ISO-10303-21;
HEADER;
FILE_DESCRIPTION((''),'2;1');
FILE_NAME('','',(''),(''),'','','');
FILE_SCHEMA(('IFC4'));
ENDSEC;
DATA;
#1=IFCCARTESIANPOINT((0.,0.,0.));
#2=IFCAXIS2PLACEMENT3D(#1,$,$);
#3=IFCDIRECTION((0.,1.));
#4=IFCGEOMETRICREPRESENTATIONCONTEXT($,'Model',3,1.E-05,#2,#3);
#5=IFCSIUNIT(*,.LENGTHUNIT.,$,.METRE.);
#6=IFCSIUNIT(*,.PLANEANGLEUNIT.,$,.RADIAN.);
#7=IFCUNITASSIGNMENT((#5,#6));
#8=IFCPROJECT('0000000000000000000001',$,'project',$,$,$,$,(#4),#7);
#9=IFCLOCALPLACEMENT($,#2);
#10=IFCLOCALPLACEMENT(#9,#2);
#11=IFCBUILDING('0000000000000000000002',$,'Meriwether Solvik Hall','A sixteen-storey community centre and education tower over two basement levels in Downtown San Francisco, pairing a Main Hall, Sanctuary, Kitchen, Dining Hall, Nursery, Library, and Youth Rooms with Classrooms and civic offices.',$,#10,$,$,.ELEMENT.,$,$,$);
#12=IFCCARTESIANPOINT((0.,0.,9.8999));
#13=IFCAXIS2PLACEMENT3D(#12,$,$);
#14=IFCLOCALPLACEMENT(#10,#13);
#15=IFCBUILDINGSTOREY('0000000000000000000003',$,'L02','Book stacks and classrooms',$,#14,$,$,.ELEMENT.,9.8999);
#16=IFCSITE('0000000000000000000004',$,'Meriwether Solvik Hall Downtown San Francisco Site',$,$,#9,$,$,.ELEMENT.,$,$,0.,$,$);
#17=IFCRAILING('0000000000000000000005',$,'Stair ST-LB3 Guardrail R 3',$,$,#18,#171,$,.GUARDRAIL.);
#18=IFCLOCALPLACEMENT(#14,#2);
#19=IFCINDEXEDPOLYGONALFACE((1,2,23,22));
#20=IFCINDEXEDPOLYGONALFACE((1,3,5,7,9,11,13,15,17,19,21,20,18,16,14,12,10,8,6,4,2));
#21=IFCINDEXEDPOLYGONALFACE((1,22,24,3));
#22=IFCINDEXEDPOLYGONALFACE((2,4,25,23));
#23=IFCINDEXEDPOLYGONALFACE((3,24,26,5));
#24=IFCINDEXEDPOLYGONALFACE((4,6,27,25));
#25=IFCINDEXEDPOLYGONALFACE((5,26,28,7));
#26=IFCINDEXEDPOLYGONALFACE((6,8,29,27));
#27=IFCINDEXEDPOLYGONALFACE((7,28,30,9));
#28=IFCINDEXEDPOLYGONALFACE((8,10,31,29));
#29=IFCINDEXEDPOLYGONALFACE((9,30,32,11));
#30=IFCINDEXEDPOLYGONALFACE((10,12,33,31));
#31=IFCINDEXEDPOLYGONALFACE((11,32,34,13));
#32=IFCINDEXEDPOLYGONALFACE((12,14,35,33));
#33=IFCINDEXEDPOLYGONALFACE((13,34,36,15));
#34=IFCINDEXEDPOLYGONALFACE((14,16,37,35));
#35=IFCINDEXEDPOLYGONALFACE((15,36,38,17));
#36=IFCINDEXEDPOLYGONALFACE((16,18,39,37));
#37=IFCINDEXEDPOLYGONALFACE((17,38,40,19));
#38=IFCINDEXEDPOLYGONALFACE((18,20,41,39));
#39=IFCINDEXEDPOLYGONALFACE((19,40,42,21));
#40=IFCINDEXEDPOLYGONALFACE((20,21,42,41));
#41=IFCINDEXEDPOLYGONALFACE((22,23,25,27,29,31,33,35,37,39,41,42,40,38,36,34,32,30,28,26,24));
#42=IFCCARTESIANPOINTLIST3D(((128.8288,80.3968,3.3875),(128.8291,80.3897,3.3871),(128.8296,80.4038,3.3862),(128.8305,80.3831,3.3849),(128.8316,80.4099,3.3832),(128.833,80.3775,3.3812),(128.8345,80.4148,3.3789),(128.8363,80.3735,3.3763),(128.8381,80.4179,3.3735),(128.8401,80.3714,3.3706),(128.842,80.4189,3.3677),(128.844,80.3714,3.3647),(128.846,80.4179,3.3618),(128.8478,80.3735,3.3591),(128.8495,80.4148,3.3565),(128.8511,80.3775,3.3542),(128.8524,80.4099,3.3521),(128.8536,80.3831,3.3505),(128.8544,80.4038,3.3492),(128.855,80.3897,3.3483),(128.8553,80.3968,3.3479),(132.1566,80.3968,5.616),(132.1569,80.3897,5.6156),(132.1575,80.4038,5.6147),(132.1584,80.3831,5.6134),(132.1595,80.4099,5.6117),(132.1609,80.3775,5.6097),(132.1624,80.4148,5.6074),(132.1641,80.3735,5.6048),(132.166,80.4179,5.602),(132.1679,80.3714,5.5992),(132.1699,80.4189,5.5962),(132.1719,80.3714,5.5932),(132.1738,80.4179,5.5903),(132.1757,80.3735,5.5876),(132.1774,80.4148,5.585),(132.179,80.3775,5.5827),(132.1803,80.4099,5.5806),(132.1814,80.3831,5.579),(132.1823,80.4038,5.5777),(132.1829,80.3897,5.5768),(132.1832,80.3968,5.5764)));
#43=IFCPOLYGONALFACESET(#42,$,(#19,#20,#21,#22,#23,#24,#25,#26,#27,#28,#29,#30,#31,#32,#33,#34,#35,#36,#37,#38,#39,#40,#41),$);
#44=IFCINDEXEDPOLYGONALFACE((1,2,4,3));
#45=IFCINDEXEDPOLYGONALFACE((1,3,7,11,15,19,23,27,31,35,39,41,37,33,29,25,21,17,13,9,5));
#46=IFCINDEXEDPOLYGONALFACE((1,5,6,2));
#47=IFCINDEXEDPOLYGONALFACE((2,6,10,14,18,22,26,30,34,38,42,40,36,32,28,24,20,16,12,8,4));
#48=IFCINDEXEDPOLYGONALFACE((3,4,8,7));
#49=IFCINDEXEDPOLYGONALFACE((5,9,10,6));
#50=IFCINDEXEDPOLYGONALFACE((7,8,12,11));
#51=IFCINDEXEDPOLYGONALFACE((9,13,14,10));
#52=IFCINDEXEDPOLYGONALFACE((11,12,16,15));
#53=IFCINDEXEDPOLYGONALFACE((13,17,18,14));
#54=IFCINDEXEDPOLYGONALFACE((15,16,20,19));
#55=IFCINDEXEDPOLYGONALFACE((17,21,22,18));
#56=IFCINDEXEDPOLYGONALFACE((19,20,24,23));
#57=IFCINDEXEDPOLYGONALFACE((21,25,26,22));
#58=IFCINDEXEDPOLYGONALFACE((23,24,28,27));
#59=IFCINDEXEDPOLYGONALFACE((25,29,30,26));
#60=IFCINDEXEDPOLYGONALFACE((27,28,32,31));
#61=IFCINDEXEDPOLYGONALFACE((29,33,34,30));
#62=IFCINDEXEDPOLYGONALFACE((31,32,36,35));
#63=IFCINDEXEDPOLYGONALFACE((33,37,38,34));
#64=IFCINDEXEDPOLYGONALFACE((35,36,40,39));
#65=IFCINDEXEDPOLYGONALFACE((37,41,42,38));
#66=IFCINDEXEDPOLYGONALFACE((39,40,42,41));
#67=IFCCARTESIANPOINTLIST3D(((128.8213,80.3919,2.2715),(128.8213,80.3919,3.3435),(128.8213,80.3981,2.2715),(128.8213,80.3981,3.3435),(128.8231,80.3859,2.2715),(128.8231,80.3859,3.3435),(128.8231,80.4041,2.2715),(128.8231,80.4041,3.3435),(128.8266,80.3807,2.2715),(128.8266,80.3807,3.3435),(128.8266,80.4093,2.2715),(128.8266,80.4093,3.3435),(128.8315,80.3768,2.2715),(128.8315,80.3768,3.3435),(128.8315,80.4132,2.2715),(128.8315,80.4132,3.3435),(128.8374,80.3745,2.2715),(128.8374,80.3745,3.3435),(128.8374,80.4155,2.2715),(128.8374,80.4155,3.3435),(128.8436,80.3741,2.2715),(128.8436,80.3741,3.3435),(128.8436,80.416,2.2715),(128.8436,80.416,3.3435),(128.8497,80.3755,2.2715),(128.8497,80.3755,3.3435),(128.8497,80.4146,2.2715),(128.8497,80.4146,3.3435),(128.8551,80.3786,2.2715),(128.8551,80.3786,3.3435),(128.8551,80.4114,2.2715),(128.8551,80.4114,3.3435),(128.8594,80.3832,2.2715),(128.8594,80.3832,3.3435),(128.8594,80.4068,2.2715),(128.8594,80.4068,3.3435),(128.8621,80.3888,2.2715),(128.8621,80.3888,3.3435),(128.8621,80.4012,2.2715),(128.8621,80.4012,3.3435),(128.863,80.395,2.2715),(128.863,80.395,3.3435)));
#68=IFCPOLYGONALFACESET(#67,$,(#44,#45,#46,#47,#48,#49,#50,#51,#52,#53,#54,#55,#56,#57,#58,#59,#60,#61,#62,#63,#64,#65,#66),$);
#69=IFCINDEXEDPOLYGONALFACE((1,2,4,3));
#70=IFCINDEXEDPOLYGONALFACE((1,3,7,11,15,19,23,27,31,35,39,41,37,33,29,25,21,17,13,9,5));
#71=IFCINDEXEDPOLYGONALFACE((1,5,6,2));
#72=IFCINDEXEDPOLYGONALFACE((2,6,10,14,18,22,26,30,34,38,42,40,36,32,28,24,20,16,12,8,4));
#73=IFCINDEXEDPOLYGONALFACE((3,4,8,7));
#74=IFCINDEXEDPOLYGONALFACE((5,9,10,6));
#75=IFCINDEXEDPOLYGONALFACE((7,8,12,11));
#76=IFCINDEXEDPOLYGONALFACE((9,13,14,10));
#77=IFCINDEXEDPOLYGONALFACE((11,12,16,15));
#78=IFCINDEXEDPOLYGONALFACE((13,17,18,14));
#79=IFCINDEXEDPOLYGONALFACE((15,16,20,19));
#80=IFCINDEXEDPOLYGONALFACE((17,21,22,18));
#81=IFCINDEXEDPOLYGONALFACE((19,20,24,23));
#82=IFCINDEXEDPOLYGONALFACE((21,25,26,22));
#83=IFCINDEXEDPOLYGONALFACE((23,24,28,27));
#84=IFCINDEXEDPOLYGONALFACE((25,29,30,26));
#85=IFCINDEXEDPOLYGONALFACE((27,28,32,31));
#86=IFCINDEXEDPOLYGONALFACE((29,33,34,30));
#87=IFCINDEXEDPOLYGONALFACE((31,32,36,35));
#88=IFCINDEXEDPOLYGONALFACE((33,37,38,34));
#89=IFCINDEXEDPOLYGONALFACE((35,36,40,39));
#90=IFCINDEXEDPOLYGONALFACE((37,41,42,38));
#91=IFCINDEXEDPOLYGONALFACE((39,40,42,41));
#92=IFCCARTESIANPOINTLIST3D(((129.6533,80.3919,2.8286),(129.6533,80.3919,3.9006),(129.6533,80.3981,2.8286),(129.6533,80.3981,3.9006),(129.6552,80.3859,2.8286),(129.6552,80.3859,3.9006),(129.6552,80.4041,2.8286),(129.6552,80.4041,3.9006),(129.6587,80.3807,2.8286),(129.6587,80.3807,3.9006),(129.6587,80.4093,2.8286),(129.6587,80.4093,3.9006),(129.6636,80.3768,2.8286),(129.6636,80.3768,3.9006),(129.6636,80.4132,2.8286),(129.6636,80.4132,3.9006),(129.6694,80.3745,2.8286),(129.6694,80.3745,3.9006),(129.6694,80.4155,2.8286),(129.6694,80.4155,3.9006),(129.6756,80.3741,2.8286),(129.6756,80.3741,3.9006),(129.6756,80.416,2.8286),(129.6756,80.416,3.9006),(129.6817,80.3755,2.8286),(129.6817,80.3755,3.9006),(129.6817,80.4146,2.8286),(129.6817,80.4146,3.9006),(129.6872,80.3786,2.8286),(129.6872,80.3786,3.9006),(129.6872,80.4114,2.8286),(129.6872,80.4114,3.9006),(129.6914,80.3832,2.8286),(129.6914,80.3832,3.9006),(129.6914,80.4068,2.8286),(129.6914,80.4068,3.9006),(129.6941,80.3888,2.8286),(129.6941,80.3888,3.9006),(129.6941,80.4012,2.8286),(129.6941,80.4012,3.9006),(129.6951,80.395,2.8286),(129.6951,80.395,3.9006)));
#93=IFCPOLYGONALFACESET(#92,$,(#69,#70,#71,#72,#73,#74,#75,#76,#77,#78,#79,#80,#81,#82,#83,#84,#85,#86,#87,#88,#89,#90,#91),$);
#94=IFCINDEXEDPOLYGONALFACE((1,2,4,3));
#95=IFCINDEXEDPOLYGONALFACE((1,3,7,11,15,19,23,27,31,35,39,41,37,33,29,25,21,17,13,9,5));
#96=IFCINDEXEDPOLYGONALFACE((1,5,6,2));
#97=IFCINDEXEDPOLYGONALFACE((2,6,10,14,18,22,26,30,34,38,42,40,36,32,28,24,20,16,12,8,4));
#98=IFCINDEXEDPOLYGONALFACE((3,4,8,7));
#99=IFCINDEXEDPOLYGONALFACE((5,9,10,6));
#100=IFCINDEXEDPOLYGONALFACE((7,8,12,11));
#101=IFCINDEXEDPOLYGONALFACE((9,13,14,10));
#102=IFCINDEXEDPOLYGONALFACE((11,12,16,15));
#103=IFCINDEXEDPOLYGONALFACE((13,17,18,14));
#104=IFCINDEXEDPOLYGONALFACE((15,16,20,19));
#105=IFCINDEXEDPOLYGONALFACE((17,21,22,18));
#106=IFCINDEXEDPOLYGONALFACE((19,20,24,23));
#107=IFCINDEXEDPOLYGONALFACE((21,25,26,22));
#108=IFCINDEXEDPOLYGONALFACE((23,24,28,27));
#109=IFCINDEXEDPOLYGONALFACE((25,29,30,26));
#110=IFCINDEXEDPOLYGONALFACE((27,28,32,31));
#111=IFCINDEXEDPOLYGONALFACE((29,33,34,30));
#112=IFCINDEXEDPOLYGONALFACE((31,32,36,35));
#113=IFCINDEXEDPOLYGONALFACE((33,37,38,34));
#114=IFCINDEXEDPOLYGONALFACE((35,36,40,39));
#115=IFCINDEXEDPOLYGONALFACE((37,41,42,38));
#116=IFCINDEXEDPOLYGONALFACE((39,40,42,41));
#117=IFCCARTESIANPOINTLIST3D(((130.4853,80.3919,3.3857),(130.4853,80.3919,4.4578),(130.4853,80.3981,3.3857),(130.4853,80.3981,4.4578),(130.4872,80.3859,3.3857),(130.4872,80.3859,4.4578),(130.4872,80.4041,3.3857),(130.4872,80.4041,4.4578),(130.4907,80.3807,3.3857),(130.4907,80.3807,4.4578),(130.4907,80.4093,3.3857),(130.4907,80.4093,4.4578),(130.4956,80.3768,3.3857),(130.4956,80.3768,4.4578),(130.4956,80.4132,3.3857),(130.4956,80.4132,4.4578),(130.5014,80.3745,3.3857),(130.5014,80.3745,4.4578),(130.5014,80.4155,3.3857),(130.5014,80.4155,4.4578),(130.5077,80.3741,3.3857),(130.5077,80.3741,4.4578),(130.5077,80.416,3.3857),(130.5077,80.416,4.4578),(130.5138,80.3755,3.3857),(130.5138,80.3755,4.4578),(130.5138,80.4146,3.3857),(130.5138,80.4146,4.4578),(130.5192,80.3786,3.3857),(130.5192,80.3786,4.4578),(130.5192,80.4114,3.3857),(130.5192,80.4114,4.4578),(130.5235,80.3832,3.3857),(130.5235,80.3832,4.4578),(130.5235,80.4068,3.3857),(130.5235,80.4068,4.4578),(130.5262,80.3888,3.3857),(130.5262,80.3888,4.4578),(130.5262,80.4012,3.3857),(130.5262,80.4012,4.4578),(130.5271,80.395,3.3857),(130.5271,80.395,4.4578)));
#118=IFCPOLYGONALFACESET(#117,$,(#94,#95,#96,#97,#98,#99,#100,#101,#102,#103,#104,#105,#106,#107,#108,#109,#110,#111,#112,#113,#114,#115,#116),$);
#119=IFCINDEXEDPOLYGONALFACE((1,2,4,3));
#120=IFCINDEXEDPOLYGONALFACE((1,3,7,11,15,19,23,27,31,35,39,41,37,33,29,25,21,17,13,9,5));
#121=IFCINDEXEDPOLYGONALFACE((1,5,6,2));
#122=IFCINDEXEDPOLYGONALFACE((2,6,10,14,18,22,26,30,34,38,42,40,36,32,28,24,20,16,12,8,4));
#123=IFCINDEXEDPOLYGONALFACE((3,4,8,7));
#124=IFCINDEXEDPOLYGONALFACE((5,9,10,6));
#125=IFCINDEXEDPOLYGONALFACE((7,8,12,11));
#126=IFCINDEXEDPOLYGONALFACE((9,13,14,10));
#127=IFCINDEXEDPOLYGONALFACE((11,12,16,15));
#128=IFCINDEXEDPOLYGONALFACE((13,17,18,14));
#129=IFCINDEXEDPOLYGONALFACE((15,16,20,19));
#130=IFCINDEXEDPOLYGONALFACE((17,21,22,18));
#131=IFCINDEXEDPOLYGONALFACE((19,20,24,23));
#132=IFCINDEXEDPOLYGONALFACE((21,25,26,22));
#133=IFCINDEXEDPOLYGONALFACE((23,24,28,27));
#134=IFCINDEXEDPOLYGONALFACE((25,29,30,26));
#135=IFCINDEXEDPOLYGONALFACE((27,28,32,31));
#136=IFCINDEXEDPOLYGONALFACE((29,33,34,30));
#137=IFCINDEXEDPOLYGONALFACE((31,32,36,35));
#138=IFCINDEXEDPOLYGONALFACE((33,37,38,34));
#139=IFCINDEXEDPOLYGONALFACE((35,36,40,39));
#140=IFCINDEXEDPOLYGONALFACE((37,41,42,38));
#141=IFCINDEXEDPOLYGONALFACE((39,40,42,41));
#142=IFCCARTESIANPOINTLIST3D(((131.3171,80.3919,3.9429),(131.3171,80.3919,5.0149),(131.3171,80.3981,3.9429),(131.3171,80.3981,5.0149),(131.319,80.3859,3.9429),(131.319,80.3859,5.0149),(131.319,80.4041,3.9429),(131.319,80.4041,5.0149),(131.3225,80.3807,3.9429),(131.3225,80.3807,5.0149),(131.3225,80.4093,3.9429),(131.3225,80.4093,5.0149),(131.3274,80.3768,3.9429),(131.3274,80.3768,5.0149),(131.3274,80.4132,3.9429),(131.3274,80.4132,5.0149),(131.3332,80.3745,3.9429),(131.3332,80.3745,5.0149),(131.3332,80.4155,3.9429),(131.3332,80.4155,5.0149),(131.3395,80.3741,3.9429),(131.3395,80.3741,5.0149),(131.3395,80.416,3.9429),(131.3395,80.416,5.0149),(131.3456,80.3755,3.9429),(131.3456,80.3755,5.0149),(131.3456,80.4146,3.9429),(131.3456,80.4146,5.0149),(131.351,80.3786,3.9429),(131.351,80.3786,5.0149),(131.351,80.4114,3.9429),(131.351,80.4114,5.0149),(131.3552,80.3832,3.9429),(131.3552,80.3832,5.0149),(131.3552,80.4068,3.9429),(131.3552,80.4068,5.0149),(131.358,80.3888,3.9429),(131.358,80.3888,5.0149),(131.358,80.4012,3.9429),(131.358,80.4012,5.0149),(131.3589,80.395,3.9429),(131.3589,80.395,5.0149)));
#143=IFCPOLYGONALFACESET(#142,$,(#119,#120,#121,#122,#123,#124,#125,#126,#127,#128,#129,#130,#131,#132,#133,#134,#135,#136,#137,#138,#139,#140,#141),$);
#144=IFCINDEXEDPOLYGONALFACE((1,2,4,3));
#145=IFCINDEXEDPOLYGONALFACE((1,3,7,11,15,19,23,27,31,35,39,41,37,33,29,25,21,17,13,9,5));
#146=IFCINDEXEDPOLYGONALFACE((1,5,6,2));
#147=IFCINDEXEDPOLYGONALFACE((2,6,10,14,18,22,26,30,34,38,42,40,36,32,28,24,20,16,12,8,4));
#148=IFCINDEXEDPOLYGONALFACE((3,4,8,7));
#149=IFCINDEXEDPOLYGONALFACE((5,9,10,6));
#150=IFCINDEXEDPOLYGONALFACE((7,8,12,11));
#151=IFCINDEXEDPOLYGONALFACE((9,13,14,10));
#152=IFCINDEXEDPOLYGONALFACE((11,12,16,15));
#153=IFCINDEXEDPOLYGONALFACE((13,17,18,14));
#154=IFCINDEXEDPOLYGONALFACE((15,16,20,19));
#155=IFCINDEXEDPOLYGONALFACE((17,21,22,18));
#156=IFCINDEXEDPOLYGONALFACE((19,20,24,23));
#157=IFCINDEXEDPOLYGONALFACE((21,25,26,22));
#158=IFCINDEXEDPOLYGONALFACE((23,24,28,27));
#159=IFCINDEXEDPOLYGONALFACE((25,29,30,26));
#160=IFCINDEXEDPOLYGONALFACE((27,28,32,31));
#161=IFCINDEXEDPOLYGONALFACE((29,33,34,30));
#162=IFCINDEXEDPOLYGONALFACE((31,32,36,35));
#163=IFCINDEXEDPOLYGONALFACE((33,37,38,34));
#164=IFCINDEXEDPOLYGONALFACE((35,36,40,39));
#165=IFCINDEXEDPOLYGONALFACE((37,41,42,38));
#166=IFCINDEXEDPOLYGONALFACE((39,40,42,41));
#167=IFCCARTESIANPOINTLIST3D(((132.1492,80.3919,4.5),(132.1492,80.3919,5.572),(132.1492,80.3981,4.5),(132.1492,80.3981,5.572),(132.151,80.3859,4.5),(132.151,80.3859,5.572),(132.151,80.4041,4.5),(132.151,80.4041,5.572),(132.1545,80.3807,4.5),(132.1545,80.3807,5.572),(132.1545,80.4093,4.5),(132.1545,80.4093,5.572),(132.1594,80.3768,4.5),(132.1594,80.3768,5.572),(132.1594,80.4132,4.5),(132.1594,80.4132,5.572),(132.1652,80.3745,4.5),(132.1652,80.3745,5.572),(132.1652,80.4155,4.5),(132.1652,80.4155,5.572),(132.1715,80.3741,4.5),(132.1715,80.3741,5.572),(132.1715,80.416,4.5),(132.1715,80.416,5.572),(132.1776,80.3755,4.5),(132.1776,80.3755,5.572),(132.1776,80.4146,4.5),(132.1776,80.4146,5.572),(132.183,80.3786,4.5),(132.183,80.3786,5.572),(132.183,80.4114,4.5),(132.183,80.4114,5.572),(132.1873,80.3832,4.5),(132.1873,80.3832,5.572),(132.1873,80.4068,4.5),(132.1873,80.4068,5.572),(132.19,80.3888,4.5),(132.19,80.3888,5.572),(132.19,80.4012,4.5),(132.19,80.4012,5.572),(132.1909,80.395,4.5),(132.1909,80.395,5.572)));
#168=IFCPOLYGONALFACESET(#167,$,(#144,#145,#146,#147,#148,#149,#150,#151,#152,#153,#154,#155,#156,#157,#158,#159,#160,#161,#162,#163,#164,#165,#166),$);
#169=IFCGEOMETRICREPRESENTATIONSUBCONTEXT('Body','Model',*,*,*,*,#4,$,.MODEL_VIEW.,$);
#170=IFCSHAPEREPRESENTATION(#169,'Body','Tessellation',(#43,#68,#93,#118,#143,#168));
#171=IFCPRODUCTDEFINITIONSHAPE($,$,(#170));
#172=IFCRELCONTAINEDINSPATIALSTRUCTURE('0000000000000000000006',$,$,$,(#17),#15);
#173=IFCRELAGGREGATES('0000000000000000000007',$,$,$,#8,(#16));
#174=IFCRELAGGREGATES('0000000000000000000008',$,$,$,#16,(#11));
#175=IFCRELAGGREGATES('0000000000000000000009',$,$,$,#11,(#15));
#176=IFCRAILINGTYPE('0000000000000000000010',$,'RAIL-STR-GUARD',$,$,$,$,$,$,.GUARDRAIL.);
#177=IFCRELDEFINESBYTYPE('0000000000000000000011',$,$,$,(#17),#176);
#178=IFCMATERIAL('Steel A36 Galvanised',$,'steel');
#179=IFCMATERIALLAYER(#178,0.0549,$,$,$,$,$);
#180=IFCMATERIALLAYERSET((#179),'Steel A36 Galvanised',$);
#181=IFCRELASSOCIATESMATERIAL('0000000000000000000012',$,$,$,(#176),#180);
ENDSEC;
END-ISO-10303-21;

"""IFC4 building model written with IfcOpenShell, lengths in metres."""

from ifc_helpers import new_model, si_unit, direction, frame, origin, origin_2d, place, context, subcontext, project, spatial, circle, extrude, material, layer, layer_set, type_object, element, save


model = new_model("IFC4")

# Units and contexts
model_context = context("Model", 3, precision=1e-05, world=origin(), true_north=direction((0.0, 1.0)))
body_context = subcontext(model_context, "Body", "Model", "MODEL_VIEW")
ifc_project = project(units=[si_unit("LENGTHUNIT", "METRE"), si_unit("PLANEANGLEUNIT", "RADIAN")], contexts=[model_context])

# Site, building, storey
site_placement = place(None, origin())
site = spatial("IfcSite", under=ifc_project, at=site_placement, Name="Meriwether Solvik Hall Downtown San Francisco Site", CompositionType="ELEMENT", RefElevation=0.0)
building_placement = place(site_placement, origin())
building = spatial("IfcBuilding", under=site, at=building_placement, Name="Meriwether Solvik Hall", Description="A sixteen-storey community centre and education tower over two basement levels in Downtown San Francisco, pairing a Main Hall, Sanctuary, Kitchen, Dining Hall, Nursery, Library, and Youth Rooms with Classrooms and civic offices.", CompositionType="ELEMENT")
storey_placement = place(building_placement, frame((0.0, 0.0, 9.8999)))
storey = spatial("IfcBuildingStorey", under=building, at=storey_placement, Name="L02", Description="Book stacks and classrooms", CompositionType="ELEMENT", Elevation=9.8999)

# Railing
ifc_material_1 = material(Name="Steel A36 Galvanised", Category="steel")
ifc_layer_1 = layer(ifc_material_1, 0.0549)
ifc_layer_set_1 = layer_set([ifc_layer_1], Name="Steel A36 Galvanised")
railing_type_1 = type_object("IfcRailingType", Name="RAIL-STR-GUARD", PredefinedType="GUARDRAIL", material=ifc_layer_set_1)
railing_1_placement = place(storey_placement, frame((128.842, 80.395, 2.2715)))
element("IfcRailing", 1, at=railing_1_placement, inside=storey, type_object=railing_type_1, Name="Stair ST-LB3 Guardrail R 3", PredefinedType="GUARDRAIL", context=body_context, shape_type="SweptSolid", body=[
    extrude(circle(Radius=0.0239, at=origin_2d()), frame((0.0, 0.0, 1.0962), z_axis=(0.830904, 0.0, 0.556415), x_axis=(0.0, 1.0, 0.0)), (0.0, 0.0, 1.0), 4.0051),
    extrude(circle(Radius=0.021, at=origin_2d()), origin(), (0.0, 0.0, 1.0), 1.072),
    extrude(circle(Radius=0.021, at=origin_2d()), frame((0.832, 0.0, 0.5571)), (0.0, 0.0, 1.0), 1.072),
    extrude(circle(Radius=0.021, at=origin_2d()), frame((1.6641, 0.0, 1.1143)), (0.0, 0.0, 1.0), 1.072),
    extrude(circle(Radius=0.021, at=origin_2d()), frame((2.4958, 0.0, 1.6714)), (0.0, 0.0, 1.0), 1.072),
    extrude(circle(Radius=0.021, at=origin_2d()), frame((3.3279, 0.0, 2.2285)), (0.0, 0.0, 1.0), 1.072),
])

save(model, "model.ifc")
